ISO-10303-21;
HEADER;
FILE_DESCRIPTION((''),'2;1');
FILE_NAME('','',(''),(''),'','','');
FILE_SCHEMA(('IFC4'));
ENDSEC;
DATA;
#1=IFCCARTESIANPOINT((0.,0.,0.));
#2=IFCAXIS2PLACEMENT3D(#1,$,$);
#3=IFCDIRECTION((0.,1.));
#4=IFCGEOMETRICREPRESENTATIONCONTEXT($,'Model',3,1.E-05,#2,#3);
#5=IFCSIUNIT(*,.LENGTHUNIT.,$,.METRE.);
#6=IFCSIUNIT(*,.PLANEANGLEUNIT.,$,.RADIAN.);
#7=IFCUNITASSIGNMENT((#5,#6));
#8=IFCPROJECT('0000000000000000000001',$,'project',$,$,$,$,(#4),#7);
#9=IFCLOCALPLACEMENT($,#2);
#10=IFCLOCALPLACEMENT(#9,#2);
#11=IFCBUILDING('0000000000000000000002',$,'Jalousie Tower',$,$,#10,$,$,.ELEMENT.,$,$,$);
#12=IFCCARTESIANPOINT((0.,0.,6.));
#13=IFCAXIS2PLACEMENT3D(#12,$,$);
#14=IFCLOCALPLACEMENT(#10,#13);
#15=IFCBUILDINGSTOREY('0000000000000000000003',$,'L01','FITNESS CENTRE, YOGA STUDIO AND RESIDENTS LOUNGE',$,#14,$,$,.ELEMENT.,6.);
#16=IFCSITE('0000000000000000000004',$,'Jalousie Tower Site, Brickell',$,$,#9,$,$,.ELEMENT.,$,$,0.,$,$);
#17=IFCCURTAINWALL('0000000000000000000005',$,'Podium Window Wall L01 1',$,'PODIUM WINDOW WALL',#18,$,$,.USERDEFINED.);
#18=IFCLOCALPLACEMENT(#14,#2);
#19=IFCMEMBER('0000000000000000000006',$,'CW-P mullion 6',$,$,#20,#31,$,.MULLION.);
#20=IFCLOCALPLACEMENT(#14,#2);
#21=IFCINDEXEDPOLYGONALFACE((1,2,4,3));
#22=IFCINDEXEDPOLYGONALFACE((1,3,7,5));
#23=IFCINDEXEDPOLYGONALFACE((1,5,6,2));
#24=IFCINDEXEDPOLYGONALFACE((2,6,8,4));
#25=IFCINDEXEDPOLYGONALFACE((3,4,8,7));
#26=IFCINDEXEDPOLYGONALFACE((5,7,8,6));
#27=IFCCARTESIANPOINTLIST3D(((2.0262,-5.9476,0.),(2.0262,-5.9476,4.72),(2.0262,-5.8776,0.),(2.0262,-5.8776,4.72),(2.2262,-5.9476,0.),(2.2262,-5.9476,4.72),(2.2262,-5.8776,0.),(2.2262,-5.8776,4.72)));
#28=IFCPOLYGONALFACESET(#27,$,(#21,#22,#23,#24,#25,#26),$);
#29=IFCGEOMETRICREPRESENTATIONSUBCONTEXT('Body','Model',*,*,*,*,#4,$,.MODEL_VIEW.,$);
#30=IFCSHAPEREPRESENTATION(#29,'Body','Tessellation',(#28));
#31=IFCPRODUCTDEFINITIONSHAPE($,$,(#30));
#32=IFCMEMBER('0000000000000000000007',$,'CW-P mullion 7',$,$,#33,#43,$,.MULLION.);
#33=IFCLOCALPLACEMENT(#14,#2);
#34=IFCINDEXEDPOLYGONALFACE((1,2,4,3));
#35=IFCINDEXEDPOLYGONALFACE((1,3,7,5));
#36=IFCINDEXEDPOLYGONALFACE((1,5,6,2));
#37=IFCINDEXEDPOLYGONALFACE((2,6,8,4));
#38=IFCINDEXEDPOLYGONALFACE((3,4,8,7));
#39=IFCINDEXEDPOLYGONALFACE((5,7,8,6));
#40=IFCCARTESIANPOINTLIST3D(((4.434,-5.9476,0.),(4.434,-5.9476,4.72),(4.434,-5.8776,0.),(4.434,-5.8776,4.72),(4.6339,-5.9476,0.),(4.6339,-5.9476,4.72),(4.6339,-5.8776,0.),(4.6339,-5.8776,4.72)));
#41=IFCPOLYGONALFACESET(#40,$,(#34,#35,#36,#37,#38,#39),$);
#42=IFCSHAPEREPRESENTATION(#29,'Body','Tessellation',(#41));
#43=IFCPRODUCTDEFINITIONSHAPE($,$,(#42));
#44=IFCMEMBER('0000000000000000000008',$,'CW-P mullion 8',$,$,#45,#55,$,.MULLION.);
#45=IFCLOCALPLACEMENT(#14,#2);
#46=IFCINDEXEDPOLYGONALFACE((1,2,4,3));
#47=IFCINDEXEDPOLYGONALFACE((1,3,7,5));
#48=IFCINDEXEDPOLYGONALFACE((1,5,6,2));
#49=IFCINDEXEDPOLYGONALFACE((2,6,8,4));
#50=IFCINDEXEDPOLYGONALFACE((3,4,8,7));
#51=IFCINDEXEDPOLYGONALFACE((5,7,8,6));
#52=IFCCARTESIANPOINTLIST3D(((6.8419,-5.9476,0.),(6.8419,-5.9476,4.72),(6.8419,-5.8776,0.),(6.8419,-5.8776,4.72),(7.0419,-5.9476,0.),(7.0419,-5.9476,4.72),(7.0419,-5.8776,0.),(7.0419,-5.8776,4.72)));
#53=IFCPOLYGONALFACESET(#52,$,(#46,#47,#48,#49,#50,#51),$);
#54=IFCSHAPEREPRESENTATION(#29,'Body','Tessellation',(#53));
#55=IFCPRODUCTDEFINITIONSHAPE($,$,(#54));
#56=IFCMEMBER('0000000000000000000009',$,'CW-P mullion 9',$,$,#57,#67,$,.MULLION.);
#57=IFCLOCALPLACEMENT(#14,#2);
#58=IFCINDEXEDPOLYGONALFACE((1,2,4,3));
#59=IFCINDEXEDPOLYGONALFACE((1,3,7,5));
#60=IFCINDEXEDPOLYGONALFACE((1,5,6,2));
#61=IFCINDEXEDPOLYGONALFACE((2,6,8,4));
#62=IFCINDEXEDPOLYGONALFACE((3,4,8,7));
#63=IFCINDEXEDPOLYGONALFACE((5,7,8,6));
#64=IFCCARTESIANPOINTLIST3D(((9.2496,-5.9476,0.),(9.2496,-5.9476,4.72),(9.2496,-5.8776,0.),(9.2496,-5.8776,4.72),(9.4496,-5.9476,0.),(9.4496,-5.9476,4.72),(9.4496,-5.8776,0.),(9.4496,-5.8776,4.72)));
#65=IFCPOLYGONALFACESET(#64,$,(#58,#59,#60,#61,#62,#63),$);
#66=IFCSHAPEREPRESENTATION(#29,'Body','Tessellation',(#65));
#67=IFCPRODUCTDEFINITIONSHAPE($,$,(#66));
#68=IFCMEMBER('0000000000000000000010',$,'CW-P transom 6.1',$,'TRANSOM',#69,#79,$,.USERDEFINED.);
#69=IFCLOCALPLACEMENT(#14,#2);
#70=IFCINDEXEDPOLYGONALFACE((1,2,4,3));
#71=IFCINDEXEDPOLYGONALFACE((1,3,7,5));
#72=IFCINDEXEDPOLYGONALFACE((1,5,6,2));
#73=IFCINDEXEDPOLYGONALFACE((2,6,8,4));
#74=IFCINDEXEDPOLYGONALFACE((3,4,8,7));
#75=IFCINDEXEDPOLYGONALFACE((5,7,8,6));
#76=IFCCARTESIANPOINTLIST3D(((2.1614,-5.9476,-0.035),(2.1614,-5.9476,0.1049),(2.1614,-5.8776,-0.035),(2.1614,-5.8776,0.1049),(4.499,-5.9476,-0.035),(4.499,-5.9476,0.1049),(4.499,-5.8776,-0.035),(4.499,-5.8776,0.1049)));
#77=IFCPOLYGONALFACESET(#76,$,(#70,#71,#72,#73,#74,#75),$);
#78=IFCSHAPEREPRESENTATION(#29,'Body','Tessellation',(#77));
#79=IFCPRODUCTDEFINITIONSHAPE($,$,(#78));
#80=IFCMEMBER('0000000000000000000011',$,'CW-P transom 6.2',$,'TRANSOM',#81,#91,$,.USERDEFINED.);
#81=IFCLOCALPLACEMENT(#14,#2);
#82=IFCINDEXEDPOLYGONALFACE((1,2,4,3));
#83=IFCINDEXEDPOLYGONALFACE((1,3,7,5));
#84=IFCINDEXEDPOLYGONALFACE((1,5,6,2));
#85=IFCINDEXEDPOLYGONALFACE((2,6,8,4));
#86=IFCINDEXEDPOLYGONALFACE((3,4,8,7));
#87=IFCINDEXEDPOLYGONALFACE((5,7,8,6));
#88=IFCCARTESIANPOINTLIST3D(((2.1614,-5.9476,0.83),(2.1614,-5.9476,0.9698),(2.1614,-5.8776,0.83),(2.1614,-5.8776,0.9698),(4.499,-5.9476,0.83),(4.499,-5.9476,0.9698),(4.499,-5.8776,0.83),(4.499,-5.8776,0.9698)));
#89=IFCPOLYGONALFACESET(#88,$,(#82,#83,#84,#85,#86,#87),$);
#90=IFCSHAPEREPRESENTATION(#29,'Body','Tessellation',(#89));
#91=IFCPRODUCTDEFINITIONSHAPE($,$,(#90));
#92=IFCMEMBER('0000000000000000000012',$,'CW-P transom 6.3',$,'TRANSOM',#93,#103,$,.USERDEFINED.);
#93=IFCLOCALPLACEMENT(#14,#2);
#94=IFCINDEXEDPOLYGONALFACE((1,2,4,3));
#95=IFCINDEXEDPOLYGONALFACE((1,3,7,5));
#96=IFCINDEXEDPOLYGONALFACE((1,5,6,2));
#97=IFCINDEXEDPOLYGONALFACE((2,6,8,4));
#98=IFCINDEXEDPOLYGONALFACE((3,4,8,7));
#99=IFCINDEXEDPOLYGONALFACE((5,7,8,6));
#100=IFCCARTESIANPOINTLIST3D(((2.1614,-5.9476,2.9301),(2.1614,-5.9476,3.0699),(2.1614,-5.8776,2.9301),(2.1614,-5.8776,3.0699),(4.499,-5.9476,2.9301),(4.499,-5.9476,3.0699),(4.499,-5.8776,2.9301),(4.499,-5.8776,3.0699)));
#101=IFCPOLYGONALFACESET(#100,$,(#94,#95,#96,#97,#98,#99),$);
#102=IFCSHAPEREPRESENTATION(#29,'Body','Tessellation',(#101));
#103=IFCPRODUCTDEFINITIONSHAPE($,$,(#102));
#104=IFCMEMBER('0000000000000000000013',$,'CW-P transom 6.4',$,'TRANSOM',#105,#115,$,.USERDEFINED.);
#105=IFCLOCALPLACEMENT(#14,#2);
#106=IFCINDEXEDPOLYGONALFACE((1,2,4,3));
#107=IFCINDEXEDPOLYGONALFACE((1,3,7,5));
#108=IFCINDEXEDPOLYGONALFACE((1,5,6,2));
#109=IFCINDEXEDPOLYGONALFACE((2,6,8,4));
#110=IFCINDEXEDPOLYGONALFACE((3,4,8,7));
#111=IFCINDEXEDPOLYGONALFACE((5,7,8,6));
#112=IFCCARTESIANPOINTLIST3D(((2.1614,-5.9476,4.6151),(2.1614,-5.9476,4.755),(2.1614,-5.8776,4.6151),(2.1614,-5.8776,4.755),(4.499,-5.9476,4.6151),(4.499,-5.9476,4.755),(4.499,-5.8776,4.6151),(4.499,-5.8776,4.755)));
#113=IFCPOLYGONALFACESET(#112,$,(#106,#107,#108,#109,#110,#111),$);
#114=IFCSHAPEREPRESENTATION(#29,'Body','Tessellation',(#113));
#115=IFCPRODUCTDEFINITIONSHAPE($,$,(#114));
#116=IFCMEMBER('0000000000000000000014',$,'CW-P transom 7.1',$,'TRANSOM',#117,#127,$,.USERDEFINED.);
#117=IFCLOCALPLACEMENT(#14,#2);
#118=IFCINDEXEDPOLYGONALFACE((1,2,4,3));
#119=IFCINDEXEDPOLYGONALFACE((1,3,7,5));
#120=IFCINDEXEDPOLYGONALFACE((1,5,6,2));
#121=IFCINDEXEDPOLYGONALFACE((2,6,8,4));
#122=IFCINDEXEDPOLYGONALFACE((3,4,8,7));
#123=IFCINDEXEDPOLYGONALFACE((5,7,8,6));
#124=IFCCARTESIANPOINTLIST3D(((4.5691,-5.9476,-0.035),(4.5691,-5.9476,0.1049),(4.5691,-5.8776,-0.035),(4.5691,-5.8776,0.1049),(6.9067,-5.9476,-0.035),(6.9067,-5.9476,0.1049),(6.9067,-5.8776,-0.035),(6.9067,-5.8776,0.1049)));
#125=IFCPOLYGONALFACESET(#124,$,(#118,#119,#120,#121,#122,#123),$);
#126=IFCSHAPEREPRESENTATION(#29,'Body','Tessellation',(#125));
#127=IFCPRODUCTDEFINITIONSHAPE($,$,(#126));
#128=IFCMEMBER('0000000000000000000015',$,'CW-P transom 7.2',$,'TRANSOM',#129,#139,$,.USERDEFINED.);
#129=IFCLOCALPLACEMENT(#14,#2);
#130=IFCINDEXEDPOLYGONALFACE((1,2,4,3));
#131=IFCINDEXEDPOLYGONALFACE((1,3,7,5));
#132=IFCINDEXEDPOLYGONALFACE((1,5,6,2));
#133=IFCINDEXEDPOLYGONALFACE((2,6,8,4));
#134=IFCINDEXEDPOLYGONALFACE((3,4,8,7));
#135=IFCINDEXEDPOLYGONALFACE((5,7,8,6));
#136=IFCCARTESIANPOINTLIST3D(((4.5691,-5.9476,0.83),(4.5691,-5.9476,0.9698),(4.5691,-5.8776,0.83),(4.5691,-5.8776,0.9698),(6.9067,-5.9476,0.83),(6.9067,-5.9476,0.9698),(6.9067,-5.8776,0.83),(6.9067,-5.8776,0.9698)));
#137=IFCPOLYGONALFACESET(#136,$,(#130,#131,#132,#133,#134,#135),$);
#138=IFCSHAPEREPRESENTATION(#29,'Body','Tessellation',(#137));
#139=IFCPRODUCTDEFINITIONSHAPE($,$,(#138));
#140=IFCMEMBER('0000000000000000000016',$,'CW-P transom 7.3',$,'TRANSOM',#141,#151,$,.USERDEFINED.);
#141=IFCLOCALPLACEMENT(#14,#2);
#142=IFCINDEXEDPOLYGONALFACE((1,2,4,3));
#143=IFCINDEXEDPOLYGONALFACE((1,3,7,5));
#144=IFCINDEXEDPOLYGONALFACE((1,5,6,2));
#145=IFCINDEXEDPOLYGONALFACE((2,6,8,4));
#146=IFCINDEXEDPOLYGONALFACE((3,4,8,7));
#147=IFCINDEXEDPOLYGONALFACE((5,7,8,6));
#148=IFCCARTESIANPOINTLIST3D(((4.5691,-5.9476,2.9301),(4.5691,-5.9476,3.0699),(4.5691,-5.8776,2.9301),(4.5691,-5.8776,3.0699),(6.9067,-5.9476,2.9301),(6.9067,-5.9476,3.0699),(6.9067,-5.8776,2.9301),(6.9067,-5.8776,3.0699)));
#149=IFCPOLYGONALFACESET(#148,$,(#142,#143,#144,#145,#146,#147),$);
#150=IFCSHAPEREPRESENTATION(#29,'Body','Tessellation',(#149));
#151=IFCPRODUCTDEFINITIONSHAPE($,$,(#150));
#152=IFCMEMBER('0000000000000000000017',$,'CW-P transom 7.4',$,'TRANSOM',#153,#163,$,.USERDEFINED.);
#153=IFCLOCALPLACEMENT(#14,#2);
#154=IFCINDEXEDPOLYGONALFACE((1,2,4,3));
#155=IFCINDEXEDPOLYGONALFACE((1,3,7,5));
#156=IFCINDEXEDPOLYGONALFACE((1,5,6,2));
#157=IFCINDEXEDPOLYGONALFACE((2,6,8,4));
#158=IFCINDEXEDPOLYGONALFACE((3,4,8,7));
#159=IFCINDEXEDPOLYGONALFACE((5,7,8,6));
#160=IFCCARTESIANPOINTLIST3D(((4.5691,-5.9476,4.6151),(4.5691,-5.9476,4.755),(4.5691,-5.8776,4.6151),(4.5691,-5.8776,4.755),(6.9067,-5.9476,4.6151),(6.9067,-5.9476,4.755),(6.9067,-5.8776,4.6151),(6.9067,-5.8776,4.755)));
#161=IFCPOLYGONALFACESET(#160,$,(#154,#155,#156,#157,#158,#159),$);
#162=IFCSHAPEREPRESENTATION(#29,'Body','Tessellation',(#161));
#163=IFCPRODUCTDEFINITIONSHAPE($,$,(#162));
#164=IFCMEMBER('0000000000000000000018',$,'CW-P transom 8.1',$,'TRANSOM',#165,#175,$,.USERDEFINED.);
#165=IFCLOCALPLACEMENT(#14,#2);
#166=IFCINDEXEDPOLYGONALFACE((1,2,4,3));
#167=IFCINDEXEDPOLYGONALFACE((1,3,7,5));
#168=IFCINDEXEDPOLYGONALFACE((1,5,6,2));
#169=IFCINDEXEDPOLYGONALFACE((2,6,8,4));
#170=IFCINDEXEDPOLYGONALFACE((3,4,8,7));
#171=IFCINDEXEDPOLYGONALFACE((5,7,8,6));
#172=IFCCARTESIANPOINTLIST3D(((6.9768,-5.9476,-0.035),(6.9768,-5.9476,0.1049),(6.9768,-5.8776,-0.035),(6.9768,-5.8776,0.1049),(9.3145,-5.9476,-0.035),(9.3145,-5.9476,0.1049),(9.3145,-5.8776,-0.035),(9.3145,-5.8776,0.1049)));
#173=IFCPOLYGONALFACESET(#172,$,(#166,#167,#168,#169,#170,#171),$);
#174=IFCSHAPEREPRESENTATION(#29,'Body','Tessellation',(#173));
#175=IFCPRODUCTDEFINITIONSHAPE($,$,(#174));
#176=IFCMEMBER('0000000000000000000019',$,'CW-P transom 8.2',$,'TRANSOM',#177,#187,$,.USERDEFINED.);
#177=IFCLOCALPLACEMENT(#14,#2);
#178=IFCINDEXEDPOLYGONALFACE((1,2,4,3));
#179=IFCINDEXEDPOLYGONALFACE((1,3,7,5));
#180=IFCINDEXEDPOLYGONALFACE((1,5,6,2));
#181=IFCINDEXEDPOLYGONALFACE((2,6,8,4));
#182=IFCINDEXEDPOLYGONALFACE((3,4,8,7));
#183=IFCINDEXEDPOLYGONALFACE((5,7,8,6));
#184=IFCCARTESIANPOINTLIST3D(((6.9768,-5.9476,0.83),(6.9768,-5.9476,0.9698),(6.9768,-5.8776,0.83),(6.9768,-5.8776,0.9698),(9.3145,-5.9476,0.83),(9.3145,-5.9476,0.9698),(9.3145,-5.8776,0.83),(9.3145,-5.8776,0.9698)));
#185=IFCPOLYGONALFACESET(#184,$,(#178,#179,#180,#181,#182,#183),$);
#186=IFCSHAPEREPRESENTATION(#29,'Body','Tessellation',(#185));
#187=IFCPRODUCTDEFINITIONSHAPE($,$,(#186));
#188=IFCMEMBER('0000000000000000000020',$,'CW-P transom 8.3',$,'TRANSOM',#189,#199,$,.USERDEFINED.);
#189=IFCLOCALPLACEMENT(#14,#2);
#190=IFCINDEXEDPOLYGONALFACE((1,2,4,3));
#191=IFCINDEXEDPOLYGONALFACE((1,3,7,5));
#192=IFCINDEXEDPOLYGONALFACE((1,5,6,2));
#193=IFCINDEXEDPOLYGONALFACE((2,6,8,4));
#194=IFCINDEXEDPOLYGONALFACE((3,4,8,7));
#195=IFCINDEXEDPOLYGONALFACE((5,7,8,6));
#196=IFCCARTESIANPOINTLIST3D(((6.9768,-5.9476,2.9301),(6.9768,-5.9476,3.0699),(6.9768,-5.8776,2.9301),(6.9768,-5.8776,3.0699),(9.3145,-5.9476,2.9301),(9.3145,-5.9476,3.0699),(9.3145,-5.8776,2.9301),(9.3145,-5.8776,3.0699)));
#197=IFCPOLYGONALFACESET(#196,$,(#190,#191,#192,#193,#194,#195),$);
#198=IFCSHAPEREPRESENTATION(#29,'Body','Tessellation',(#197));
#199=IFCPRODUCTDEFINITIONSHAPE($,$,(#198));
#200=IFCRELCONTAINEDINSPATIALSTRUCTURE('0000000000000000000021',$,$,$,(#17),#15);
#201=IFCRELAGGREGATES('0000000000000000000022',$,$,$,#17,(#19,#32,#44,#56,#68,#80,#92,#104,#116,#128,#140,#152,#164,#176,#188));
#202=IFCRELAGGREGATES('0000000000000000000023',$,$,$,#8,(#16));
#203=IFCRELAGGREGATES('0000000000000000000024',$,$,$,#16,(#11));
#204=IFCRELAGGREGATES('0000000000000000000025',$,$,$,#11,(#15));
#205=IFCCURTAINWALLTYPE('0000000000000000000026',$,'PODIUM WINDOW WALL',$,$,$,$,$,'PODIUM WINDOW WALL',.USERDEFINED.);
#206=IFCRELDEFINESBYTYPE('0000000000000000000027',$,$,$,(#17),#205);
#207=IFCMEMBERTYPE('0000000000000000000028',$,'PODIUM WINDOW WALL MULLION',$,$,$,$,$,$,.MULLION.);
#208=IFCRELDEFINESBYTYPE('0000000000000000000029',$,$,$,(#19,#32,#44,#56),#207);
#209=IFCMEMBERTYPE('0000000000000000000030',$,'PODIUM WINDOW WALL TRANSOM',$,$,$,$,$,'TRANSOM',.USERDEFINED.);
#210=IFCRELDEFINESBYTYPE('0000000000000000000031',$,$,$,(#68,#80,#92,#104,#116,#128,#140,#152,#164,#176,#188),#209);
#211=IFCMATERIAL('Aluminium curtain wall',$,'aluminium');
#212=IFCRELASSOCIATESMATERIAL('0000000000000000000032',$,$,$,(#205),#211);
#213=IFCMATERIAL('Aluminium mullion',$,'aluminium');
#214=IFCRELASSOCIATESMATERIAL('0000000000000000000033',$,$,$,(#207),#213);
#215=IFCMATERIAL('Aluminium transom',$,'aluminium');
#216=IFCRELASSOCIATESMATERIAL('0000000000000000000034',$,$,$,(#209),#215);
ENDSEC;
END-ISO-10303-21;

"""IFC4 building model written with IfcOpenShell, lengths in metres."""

from ifc_helpers import new_model, si_unit, direction, frame, origin, origin_2d, place, context, subcontext, project, spatial, rectangle, extrude, material, material_profile, profile_set, type_object, element, aggregate, save


model = new_model("IFC4")

# Units and contexts
model_context = context("Model", 3, precision=1e-05, world=origin(), true_north=direction((0.0, 1.0)))
body_context = subcontext(model_context, "Body", "Model", "MODEL_VIEW")
ifc_project = project(units=[si_unit("LENGTHUNIT", "METRE"), si_unit("PLANEANGLEUNIT", "RADIAN")], contexts=[model_context])

# Site, building, storey
site_placement = place(None, origin())
site = spatial("IfcSite", under=ifc_project, at=site_placement, Name="Jalousie Tower Site, Brickell", CompositionType="ELEMENT", RefElevation=0.0)
building_placement = place(site_placement, origin())
building = spatial("IfcBuilding", under=site, at=building_placement, Name="Jalousie Tower", CompositionType="ELEMENT")
storey_placement = place(building_placement, frame((0.0, 0.0, 6.0)))
storey = spatial("IfcBuildingStorey", under=building, at=storey_placement, Name="L01", Description="FITNESS CENTRE, YOGA STUDIO AND RESIDENTS LOUNGE", CompositionType="ELEMENT", Elevation=6.0)

# Curtain wall, members
ifc_material_1 = material(Name="Aluminium curtain wall", Category="aluminium")
curtain_wall_type = type_object("IfcCurtainWallType", Name="PODIUM WINDOW WALL", ElementType="PODIUM WINDOW WALL", PredefinedType="USERDEFINED", material=ifc_material_1)
curtain_wall_placement = place(storey_placement, origin())
curtain_wall = element("IfcCurtainWall", 1, at=curtain_wall_placement, inside=storey, type_object=curtain_wall_type, Name="Podium Window Wall L01 1", ObjectType="PODIUM WINDOW WALL", PredefinedType="USERDEFINED")
ifc_material_2 = material(Name="Aluminium mullion", Category="aluminium")
ifc_material_profile_1 = material_profile(ifc_material_2, rectangle(XDim=0.0701, YDim=0.2, at=origin_2d()), Name="MULLION 70x200")
ifc_profile_set_1 = profile_set([ifc_material_profile_1], Name="Aluminium mullion")
member_type_1 = type_object("IfcMemberType", Name="PODIUM WINDOW WALL MULLION", PredefinedType="MULLION", material=ifc_profile_set_1)
member_1_placement = place(storey_placement, frame((2.1262, -5.9126, 0.0), z_axis=(0.0, 0.0, 1.0), x_axis=(0.0, 1.0, 0.0)))
member_1 = element("IfcMember", 2, at=member_1_placement, type_object=member_type_1, Name="CW-P mullion 6", PredefinedType="MULLION", context=body_context, shape_type="SweptSolid", body=[
    extrude(rectangle(XDim=0.0701, YDim=0.2, at=origin_2d()), origin(), (0.0, 0.0, 1.0), 4.72),
])
member_2_placement = place(storey_placement, frame((4.5339, -5.9126, 0.0), z_axis=(0.0, 0.0, 1.0), x_axis=(0.0, 1.0, 0.0)))
member_2 = element("IfcMember", 3, at=member_2_placement, type_object=member_type_1, Name="CW-P mullion 7", PredefinedType="MULLION", context=body_context, shape_type="SweptSolid", body=[
    extrude(rectangle(XDim=0.0701, YDim=0.2, at=origin_2d()), origin(), (0.0, 0.0, 1.0), 4.72),
])
member_3_placement = place(storey_placement, frame((6.9419, -5.9126, 0.0), z_axis=(0.0, 0.0, 1.0), x_axis=(0.0, 1.0, 0.0)))
member_3 = element("IfcMember", 4, at=member_3_placement, type_object=member_type_1, Name="CW-P mullion 8", PredefinedType="MULLION", context=body_context, shape_type="SweptSolid", body=[
    extrude(rectangle(XDim=0.0701, YDim=0.2, at=origin_2d()), origin(), (0.0, 0.0, 1.0), 4.72),
])
member_4_placement = place(storey_placement, frame((9.3496, -5.9126, 0.0), z_axis=(0.0, 0.0, 1.0), x_axis=(0.0, 1.0, 0.0)))
member_4 = element("IfcMember", 5, at=member_4_placement, type_object=member_type_1, Name="CW-P mullion 9", PredefinedType="MULLION", context=body_context, shape_type="SweptSolid", body=[
    extrude(rectangle(XDim=0.0701, YDim=0.2, at=origin_2d()), origin(), (0.0, 0.0, 1.0), 4.72),
])
ifc_material_3 = material(Name="Aluminium transom", Category="aluminium")
ifc_material_profile_2 = material_profile(ifc_material_3, rectangle(XDim=0.0701, YDim=0.1399, at=origin_2d()), Name="TRANSOM 70x140")
ifc_profile_set_2 = profile_set([ifc_material_profile_2], Name="Aluminium transom")
member_type_2 = type_object("IfcMemberType", Name="PODIUM WINDOW WALL TRANSOM", ElementType="TRANSOM", PredefinedType="USERDEFINED", material=ifc_profile_set_2)
member_5_placement = place(storey_placement, frame((2.1614, -5.9126, 0.0349), z_axis=(1.0, 0.0, 0.0), x_axis=(0.0, 1.0, 0.0)))
member_5 = element("IfcMember", 6, at=member_5_placement, type_object=member_type_2, Name="CW-P transom 6.1", ObjectType="TRANSOM", PredefinedType="USERDEFINED", context=body_context, shape_type="SweptSolid", body=[
    extrude(rectangle(XDim=0.0701, YDim=0.1399, at=origin_2d()), origin(), (0.0, 0.0, 1.0), 2.3376),
])
member_6_placement = place(storey_placement, frame((2.1614, -5.9126, 0.8999), z_axis=(1.0, 0.0, 0.0), x_axis=(0.0, 1.0, 0.0)))
member_6 = element("IfcMember", 7, at=member_6_placement, type_object=member_type_2, Name="CW-P transom 6.2", ObjectType="TRANSOM", PredefinedType="USERDEFINED", context=body_context, shape_type="SweptSolid", body=[
    extrude(rectangle(XDim=0.0701, YDim=0.1399, at=origin_2d()), origin(), (0.0, 0.0, 1.0), 2.3376),
])
member_7_placement = place(storey_placement, frame((2.1614, -5.9126, 3.0), z_axis=(1.0, 0.0, 0.0), x_axis=(0.0, 1.0, 0.0)))
member_7 = element("IfcMember", 8, at=member_7_placement, type_object=member_type_2, Name="CW-P transom 6.3", ObjectType="TRANSOM", PredefinedType="USERDEFINED", context=body_context, shape_type="SweptSolid", body=[
    extrude(rectangle(XDim=0.0701, YDim=0.1399, at=origin_2d()), origin(), (0.0, 0.0, 1.0), 2.3376),
])
member_8_placement = place(storey_placement, frame((2.1614, -5.9126, 4.6851), z_axis=(1.0, 0.0, 0.0), x_axis=(0.0, 1.0, 0.0)))
member_8 = element("IfcMember", 9, at=member_8_placement, type_object=member_type_2, Name="CW-P transom 6.4", ObjectType="TRANSOM", PredefinedType="USERDEFINED", context=body_context, shape_type="SweptSolid", body=[
    extrude(rectangle(XDim=0.0701, YDim=0.1399, at=origin_2d()), origin(), (0.0, 0.0, 1.0), 2.3376),
])
member_9_placement = place(storey_placement, frame((4.5691, -5.9126, 0.0349), z_axis=(1.0, 0.0, 0.0), x_axis=(0.0, 1.0, 0.0)))
member_9 = element("IfcMember", 10, at=member_9_placement, type_object=member_type_2, Name="CW-P transom 7.1", ObjectType="TRANSOM", PredefinedType="USERDEFINED", context=body_context, shape_type="SweptSolid", body=[
    extrude(rectangle(XDim=0.0701, YDim=0.1399, at=origin_2d()), origin(), (0.0, 0.0, 1.0), 2.3376),
])
member_10_placement = place(storey_placement, frame((4.5691, -5.9126, 0.8999), z_axis=(1.0, 0.0, 0.0), x_axis=(0.0, 1.0, 0.0)))
member_10 = element("IfcMember", 11, at=member_10_placement, type_object=member_type_2, Name="CW-P transom 7.2", ObjectType="TRANSOM", PredefinedType="USERDEFINED", context=body_context, shape_type="SweptSolid", body=[
    extrude(rectangle(XDim=0.0701, YDim=0.1399, at=origin_2d()), origin(), (0.0, 0.0, 1.0), 2.3376),
])
member_11_placement = place(storey_placement, frame((4.5691, -5.9126, 3.0), z_axis=(1.0, 0.0, 0.0), x_axis=(0.0, 1.0, 0.0)))
member_11 = element("IfcMember", 12, at=member_11_placement, type_object=member_type_2, Name="CW-P transom 7.3", ObjectType="TRANSOM", PredefinedType="USERDEFINED", context=body_context, shape_type="SweptSolid", body=[
    extrude(rectangle(XDim=0.0701, YDim=0.1399, at=origin_2d()), origin(), (0.0, 0.0, 1.0), 2.3376),
])
member_12_placement = place(storey_placement, frame((4.5691, -5.9126, 4.6851), z_axis=(1.0, 0.0, 0.0), x_axis=(0.0, 1.0, 0.0)))
member_12 = element("IfcMember", 13, at=member_12_placement, type_object=member_type_2, Name="CW-P transom 7.4", ObjectType="TRANSOM", PredefinedType="USERDEFINED", context=body_context, shape_type="SweptSolid", body=[
    extrude(rectangle(XDim=0.0701, YDim=0.1399, at=origin_2d()), origin(), (0.0, 0.0, 1.0), 2.3376),
])
member_13_placement = place(storey_placement, frame((6.9768, -5.9126, 0.0349), z_axis=(1.0, 0.0, 0.0), x_axis=(0.0, 1.0, 0.0)))
member_13 = element("IfcMember", 14, at=member_13_placement, type_object=member_type_2, Name="CW-P transom 8.1", ObjectType="TRANSOM", PredefinedType="USERDEFINED", context=body_context, shape_type="SweptSolid", body=[
    extrude(rectangle(XDim=0.0701, YDim=0.1399, at=origin_2d()), origin(), (0.0, 0.0, 1.0), 2.3376),
])
member_14_placement = place(storey_placement, frame((6.9768, -5.9126, 0.8999), z_axis=(1.0, 0.0, 0.0), x_axis=(0.0, 1.0, 0.0)))
member_14 = element("IfcMember", 15, at=member_14_placement, type_object=member_type_2, Name="CW-P transom 8.2", ObjectType="TRANSOM", PredefinedType="USERDEFINED", context=body_context, shape_type="SweptSolid", body=[
    extrude(rectangle(XDim=0.0701, YDim=0.1399, at=origin_2d()), origin(), (0.0, 0.0, 1.0), 2.3376),
])
member_15_placement = place(storey_placement, frame((6.9768, -5.9126, 3.0), z_axis=(1.0, 0.0, 0.0), x_axis=(0.0, 1.0, 0.0)))
member_15 = element("IfcMember", 16, at=member_15_placement, type_object=member_type_2, Name="CW-P transom 8.3", ObjectType="TRANSOM", PredefinedType="USERDEFINED", context=body_context, shape_type="SweptSolid", body=[
    extrude(rectangle(XDim=0.0701, YDim=0.1399, at=origin_2d()), origin(), (0.0, 0.0, 1.0), 2.3376),
])
aggregate(curtain_wall, [member_1, member_2, member_3, member_4, member_5, member_6, member_7, member_8, member_9, member_10, member_11, member_12, member_13, member_14, member_15])

save(model, "model.ifc")
